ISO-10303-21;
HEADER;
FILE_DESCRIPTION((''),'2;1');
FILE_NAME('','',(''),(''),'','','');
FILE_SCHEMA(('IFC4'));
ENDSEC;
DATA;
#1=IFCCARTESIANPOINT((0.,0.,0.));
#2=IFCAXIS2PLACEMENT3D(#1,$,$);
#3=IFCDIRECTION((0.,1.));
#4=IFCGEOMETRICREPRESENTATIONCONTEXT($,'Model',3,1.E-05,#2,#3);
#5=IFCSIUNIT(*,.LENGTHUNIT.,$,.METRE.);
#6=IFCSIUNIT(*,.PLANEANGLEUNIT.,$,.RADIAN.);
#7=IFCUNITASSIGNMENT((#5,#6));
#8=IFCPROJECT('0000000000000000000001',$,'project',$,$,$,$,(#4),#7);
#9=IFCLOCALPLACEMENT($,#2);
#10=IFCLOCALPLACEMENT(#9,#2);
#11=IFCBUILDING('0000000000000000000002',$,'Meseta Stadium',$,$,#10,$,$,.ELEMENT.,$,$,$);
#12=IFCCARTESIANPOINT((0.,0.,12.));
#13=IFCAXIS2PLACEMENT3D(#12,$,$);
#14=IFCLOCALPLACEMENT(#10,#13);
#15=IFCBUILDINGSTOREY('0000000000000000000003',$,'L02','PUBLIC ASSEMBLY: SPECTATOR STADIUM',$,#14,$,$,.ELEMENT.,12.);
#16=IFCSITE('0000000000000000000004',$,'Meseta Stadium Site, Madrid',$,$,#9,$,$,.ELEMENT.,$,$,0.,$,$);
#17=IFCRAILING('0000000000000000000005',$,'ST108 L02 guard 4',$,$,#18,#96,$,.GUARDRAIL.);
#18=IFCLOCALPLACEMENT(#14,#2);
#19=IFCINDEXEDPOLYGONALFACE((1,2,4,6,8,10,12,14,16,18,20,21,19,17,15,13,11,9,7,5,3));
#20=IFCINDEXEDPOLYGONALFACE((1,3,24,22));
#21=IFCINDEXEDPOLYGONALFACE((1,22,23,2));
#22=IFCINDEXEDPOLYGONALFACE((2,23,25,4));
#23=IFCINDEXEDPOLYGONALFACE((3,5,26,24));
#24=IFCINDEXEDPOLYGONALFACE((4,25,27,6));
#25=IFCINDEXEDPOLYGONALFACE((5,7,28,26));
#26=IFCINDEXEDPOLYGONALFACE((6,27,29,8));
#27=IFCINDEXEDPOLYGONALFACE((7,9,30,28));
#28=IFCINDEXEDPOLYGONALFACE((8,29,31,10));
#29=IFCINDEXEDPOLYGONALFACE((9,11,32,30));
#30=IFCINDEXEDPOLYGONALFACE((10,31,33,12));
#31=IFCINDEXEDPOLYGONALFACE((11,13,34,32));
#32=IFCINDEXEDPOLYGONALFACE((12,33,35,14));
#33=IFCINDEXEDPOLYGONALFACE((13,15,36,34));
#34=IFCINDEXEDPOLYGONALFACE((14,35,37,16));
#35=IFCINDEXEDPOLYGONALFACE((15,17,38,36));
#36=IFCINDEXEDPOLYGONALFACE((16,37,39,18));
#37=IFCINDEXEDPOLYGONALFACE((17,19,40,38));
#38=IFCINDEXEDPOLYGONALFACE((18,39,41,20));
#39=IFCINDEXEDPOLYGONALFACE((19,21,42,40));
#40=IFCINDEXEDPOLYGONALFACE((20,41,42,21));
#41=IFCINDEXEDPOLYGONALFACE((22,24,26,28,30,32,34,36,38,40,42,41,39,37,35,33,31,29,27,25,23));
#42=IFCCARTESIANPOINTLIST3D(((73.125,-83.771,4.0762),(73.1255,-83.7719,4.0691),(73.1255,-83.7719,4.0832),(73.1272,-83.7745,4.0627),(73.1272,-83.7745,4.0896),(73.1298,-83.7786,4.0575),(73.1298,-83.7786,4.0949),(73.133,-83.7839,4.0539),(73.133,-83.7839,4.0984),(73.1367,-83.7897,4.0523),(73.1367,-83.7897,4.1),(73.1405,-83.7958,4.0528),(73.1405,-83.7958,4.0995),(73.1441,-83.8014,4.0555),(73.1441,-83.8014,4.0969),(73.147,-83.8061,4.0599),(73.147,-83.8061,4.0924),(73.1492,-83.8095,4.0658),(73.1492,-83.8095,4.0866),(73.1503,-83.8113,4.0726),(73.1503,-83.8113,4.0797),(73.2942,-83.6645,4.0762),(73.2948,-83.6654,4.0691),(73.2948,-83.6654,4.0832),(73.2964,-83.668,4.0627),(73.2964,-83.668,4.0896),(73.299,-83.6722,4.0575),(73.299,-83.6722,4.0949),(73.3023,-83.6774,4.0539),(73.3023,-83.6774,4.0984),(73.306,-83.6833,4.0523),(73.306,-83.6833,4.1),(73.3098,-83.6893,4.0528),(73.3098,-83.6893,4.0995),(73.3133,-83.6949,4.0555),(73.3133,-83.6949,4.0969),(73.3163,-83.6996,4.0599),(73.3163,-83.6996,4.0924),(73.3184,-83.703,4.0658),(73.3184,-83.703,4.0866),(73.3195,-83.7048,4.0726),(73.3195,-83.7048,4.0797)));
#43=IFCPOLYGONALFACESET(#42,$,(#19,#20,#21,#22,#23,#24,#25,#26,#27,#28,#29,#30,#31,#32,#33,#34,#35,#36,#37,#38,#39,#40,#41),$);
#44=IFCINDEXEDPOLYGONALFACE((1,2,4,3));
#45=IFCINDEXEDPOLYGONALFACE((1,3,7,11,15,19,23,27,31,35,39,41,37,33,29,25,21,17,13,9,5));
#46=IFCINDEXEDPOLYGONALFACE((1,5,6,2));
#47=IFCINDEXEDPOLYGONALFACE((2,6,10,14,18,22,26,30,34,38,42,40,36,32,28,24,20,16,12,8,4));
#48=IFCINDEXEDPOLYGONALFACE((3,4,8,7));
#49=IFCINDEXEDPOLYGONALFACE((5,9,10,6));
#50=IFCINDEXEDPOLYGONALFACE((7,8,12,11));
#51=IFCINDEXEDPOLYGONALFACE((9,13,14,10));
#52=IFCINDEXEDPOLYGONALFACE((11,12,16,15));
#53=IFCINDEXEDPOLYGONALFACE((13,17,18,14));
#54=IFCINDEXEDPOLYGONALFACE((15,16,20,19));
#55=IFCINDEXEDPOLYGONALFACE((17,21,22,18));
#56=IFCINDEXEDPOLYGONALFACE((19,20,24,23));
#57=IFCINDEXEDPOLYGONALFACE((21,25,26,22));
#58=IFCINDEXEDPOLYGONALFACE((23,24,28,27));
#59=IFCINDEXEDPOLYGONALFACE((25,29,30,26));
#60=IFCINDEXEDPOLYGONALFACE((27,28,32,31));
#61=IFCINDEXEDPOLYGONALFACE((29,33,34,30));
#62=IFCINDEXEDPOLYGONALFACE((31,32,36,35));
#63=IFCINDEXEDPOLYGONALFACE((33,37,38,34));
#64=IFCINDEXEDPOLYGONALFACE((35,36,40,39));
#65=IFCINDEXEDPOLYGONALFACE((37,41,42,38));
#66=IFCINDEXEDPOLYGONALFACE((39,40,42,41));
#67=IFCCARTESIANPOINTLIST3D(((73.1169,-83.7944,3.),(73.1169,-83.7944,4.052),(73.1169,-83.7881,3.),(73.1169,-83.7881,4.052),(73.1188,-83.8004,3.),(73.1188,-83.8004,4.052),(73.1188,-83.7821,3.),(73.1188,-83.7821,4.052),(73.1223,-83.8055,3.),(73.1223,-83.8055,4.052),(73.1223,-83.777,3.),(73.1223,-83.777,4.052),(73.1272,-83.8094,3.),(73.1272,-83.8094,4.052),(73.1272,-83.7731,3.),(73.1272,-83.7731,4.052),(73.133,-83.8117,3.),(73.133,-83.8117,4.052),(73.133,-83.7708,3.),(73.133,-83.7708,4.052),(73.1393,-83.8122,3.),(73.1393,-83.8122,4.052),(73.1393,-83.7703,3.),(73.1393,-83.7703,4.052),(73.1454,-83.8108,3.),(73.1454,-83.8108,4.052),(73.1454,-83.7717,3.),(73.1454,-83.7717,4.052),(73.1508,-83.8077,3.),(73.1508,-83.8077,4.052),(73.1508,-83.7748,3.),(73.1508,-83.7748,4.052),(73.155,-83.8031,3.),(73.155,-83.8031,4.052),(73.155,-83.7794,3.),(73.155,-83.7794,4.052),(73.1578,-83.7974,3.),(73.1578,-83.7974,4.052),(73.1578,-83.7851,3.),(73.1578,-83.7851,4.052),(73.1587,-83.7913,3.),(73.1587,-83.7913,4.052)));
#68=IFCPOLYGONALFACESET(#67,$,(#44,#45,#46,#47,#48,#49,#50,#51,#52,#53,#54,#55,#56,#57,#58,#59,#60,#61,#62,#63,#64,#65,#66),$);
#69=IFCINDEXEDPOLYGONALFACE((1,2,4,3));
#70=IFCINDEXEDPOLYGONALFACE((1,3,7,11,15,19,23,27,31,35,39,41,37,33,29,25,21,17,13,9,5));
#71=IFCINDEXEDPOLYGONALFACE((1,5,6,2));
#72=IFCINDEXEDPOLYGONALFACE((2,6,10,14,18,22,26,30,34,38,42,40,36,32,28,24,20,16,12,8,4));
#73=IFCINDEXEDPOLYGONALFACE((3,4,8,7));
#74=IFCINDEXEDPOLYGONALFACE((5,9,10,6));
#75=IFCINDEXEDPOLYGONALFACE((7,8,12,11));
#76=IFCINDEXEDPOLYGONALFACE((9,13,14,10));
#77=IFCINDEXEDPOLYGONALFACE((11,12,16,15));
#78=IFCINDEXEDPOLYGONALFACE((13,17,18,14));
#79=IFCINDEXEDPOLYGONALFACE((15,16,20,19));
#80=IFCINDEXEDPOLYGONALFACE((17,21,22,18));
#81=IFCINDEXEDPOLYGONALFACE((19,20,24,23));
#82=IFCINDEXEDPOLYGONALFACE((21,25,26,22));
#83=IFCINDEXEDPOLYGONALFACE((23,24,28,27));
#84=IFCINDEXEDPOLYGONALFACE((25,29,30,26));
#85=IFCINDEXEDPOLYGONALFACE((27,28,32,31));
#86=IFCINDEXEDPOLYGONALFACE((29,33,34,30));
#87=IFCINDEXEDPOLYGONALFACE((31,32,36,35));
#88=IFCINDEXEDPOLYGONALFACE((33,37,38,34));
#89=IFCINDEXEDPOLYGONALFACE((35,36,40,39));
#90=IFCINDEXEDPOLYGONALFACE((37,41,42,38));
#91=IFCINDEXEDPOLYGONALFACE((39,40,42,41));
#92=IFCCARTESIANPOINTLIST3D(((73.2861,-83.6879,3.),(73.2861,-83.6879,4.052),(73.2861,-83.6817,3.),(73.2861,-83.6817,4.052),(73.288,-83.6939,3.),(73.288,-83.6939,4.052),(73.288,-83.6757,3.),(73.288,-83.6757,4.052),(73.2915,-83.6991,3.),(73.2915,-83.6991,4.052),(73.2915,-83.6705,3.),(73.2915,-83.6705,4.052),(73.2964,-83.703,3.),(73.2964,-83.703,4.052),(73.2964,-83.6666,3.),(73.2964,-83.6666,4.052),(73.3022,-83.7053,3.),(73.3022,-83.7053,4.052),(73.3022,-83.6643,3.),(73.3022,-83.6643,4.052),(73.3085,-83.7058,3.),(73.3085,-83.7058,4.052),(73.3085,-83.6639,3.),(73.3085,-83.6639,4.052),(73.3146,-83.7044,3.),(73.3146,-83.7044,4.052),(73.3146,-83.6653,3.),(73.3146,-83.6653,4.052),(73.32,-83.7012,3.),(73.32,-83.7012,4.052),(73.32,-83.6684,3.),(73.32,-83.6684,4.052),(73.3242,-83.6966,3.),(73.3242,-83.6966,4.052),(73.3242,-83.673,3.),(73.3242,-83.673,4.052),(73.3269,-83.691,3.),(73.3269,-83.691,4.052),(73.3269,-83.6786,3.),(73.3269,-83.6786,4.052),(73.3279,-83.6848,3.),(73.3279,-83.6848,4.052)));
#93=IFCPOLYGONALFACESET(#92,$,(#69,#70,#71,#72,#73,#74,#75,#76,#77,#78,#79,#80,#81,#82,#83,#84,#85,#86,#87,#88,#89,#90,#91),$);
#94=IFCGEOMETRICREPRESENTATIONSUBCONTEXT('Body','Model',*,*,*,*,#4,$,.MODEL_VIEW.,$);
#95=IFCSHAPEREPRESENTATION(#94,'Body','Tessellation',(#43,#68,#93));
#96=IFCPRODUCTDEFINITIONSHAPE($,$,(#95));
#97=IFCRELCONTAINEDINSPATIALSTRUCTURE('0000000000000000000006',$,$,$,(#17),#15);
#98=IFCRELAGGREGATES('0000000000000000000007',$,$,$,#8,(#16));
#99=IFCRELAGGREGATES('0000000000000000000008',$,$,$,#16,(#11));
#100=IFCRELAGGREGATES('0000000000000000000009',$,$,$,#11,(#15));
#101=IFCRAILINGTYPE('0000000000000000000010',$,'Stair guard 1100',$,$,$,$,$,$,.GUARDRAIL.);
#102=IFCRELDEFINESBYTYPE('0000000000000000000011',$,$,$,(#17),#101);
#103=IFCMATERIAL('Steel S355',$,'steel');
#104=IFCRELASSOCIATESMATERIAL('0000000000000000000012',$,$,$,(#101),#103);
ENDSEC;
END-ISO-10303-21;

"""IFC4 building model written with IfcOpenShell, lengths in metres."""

from ifc_helpers import new_model, si_unit, direction, frame, origin, origin_2d, place, context, subcontext, project, spatial, circle, extrude, material, type_object, element, save


model = new_model("IFC4")

# Units and contexts
model_context = context("Model", 3, precision=1e-05, world=origin(), true_north=direction((0.0, 1.0)))
body_context = subcontext(model_context, "Body", "Model", "MODEL_VIEW")
ifc_project = project(units=[si_unit("LENGTHUNIT", "METRE"), si_unit("PLANEANGLEUNIT", "RADIAN")], contexts=[model_context])

# Site, building, storey
site_placement = place(None, origin())
site = spatial("IfcSite", under=ifc_project, at=site_placement, Name="Meseta Stadium Site, Madrid", CompositionType="ELEMENT", RefElevation=0.0)
building_placement = place(site_placement, origin())
building = spatial("IfcBuilding", under=site, at=building_placement, Name="Meseta Stadium", CompositionType="ELEMENT")
storey_placement = place(building_placement, frame((0.0, 0.0, 12.0)))
storey = spatial("IfcBuildingStorey", under=building, at=storey_placement, Name="L02", Description="PUBLIC ASSEMBLY: SPECTATOR STADIUM", CompositionType="ELEMENT", Elevation=12.0)

# Railing
ifc_material_1 = material(Name="Steel S355", Category="steel")
railing_type_1 = type_object("IfcRailingType", Name="Stair guard 1100", PredefinedType="GUARDRAIL", material=ifc_material_1)
railing_1_placement = place(storey_placement, frame((73.1377, -83.7913, 3.0)))
element("IfcRailing", 1, at=railing_1_placement, inside=storey, type_object=railing_type_1, Name="ST108 L02 guard 4", PredefinedType="GUARDRAIL", context=body_context, shape_type="SweptSolid", body=[
    extrude(circle(Radius=0.0239, at=origin_2d()), frame((0.0, 0.0, 1.0762), z_axis=(0.846416, 0.532522, 0.0), x_axis=(-0.532522, 0.846416, 0.0)), (0.0, 0.0, 1.0), 0.2),
    extrude(circle(Radius=0.021, at=origin_2d()), origin(), (0.0, 0.0, 1.0), 1.052),
    extrude(circle(Radius=0.021, at=origin_2d()), frame((0.1692, 0.1064, 0.0)), (0.0, 0.0, 1.0), 1.052),
])

save(model, "model.ifc")
